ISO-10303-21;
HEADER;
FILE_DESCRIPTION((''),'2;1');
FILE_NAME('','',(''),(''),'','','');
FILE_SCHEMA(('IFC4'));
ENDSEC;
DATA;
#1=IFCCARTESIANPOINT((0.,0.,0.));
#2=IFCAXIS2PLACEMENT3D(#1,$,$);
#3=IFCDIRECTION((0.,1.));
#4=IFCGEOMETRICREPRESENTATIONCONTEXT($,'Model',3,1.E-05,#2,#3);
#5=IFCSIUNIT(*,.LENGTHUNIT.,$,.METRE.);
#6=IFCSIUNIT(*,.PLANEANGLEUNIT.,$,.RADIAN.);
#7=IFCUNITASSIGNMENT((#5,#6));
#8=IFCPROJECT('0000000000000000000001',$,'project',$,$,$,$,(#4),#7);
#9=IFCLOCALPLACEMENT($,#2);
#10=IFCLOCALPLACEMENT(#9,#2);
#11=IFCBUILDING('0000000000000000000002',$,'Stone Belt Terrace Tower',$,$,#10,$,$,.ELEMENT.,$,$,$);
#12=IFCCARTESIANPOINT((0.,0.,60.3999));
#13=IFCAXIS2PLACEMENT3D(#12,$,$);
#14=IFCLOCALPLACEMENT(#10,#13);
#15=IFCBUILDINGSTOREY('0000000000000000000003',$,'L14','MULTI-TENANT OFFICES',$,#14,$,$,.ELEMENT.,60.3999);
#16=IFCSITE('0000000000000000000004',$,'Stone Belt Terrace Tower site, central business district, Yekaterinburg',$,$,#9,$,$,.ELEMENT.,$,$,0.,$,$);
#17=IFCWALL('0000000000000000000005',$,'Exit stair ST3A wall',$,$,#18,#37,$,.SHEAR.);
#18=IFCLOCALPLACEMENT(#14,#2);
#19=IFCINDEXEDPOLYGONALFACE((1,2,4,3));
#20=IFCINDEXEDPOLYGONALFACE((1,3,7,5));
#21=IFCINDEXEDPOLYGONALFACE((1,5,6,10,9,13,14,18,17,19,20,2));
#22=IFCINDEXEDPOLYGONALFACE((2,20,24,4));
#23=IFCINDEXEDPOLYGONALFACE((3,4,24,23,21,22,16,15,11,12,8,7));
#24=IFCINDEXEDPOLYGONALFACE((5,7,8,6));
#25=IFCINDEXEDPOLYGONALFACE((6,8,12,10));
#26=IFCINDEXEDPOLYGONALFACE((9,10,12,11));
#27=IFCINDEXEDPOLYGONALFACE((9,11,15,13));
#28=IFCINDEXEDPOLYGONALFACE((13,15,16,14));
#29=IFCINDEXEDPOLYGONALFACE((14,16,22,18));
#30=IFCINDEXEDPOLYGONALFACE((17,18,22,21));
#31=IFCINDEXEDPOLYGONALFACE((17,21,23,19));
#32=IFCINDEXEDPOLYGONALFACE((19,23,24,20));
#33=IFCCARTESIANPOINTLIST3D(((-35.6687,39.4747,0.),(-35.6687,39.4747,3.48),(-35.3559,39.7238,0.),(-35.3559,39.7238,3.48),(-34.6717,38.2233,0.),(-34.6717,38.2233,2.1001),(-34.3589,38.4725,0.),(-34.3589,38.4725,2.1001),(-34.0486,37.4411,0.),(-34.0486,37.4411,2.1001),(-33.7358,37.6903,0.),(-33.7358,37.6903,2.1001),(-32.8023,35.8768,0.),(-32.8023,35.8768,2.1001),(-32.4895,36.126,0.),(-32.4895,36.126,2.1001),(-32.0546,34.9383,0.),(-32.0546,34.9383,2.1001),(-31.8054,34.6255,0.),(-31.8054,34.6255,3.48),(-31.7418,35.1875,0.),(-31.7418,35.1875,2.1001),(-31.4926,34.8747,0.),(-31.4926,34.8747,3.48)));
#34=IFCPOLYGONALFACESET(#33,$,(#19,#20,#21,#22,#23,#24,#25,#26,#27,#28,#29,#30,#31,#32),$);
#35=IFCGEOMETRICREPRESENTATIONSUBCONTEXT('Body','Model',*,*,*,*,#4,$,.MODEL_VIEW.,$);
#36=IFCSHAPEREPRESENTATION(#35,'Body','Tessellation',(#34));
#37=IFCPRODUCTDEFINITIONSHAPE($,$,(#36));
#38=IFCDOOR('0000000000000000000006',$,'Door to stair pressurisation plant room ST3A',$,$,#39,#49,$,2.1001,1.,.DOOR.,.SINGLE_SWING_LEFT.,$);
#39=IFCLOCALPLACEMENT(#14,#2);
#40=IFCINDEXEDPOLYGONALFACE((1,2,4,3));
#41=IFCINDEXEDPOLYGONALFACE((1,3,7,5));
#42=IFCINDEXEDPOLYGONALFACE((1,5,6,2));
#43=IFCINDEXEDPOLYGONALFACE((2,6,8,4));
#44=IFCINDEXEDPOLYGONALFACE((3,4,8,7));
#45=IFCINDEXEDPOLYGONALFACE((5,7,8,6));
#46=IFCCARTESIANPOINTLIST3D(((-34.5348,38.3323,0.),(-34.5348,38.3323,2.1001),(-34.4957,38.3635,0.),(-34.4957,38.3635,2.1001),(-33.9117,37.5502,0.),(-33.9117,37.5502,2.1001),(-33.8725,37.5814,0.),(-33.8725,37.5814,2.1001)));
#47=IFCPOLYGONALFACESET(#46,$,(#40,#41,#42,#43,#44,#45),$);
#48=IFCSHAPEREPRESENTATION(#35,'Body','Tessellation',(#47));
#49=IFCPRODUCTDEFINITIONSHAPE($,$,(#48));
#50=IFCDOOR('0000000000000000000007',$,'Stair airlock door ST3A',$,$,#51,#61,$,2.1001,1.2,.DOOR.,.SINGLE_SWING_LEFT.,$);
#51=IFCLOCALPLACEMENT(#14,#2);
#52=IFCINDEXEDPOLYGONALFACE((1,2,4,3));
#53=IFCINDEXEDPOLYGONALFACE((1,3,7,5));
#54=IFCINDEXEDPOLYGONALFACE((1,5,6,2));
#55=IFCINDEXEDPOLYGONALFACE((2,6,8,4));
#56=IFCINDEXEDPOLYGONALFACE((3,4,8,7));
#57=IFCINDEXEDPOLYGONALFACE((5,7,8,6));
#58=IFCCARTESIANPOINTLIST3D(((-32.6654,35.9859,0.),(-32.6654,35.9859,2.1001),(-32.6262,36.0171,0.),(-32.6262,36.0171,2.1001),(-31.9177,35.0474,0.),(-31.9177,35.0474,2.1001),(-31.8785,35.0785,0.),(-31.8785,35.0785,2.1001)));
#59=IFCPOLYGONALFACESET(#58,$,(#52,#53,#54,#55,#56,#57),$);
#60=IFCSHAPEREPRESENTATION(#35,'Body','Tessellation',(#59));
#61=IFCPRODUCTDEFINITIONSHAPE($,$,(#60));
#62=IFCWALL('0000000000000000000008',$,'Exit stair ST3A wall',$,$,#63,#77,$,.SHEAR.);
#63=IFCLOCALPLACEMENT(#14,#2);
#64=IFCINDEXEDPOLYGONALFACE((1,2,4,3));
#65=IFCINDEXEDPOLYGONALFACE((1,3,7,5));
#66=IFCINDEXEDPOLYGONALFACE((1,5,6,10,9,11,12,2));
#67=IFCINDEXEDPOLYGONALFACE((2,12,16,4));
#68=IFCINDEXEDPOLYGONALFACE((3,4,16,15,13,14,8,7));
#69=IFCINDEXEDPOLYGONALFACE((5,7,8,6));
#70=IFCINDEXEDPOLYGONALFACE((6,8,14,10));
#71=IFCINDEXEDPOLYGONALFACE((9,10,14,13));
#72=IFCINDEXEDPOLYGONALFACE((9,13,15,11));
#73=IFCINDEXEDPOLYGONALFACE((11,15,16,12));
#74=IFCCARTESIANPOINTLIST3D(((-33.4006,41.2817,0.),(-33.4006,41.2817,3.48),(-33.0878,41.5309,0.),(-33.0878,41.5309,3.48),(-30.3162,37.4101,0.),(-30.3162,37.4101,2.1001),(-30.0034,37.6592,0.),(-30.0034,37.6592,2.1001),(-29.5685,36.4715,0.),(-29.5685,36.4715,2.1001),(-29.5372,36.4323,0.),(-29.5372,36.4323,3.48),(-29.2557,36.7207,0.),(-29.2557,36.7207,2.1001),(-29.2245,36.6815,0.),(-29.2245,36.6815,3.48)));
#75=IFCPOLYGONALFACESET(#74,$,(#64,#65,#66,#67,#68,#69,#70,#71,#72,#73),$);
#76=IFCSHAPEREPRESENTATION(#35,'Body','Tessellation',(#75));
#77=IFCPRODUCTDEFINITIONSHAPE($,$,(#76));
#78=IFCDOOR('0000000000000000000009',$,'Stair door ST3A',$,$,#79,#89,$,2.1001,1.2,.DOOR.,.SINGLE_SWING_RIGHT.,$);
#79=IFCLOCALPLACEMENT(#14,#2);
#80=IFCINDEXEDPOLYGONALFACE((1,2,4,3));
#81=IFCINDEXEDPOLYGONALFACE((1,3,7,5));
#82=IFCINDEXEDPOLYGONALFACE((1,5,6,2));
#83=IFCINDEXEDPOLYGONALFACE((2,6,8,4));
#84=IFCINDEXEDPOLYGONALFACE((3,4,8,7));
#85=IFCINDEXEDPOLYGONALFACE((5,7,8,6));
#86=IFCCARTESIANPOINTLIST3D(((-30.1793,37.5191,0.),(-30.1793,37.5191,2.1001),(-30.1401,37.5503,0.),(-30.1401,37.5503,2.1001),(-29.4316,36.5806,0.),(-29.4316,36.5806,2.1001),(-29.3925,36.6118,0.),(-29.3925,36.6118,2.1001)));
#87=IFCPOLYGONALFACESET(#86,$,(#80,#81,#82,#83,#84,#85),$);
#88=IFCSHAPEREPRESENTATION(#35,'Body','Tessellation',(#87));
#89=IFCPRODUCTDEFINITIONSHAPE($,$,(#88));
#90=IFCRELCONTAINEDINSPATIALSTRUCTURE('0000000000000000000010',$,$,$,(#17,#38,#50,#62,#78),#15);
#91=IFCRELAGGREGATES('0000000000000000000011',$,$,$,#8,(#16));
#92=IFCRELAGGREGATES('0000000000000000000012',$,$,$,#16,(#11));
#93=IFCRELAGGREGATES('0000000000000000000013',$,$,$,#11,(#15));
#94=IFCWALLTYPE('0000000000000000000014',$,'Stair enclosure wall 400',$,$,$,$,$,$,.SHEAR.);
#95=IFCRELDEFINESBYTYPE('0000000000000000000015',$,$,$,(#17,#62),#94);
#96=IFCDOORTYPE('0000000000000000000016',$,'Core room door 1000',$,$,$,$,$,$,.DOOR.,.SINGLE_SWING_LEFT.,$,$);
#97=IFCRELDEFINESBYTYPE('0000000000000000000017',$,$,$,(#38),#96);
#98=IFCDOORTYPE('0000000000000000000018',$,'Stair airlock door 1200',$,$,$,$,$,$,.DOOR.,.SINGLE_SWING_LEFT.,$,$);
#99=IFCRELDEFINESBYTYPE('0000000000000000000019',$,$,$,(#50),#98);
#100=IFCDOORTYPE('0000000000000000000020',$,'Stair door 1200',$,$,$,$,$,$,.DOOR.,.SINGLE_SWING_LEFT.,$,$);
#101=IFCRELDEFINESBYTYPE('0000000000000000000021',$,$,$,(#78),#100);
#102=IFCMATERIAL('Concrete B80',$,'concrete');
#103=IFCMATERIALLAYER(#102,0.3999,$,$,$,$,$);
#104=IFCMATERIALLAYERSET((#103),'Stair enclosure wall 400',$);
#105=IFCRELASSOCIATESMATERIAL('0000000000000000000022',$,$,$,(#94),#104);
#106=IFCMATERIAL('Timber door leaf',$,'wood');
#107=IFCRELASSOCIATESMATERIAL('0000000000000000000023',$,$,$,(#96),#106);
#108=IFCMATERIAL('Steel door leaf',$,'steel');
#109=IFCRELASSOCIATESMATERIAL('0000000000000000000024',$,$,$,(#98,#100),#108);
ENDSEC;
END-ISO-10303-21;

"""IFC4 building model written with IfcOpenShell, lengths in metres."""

from ifc_helpers import new_model, si_unit, direction, frame, frame_2d, origin, place, context, subcontext, project, spatial, rectangle, extrude, material, layer, layer_set, type_object, element, fill, save


model = new_model("IFC4")

# Units and contexts
model_context = context("Model", 3, precision=1e-05, world=origin(), true_north=direction((0.0, 1.0)))
body_context = subcontext(model_context, "Body", "Model", "MODEL_VIEW")
ifc_project = project(units=[si_unit("LENGTHUNIT", "METRE"), si_unit("PLANEANGLEUNIT", "RADIAN")], contexts=[model_context])

# Site, building, storey
site_placement = place(None, origin())
site = spatial("IfcSite", under=ifc_project, at=site_placement, Name="Stone Belt Terrace Tower site, central business district, Yekaterinburg", CompositionType="ELEMENT", RefElevation=0.0)
building_placement = place(site_placement, origin())
building = spatial("IfcBuilding", under=site, at=building_placement, Name="Stone Belt Terrace Tower", CompositionType="ELEMENT")
storey_placement = place(building_placement, frame((0.0, 0.0, 60.3999)))
storey = spatial("IfcBuildingStorey", under=building, at=storey_placement, Name="L14", Description="MULTI-TENANT OFFICES", CompositionType="ELEMENT", Elevation=60.3999)

# Shared definitions
ifc_material_1 = material(Name="Concrete B80", Category="concrete")

# Shared definitions
ifc_layer_1 = layer(ifc_material_1, 0.3999)
ifc_layer_set_1 = layer_set([ifc_layer_1], Name="Stair enclosure wall 400")
wall_type_1 = type_object("IfcWallType", Name="Stair enclosure wall 400", PredefinedType="SHEAR", material=ifc_layer_set_1)

# Wall, openings, doors
wall_1_placement = place(storey_placement, frame((-31.6489, 34.75, 0.0), z_axis=(0.0, 0.0, 1.0), x_axis=(-0.623119, 0.782127, 0.0)))
wall_1 = element("IfcWall", 1, at=wall_1_placement, inside=storey, type_object=wall_type_1, Name="Exit stair ST3A wall", PredefinedType="SHEAR", context=body_context, shape_type="SweptSolid", body=[
    extrude(rectangle(XDim=6.2, YDim=0.3999, at=frame_2d((3.1001, 0.0))), origin(), (0.0, 0.0, 1.0), 3.48),
])
opening_1_placement = place(wall_1_placement, frame((0.3999, 0.0, 0.0)))
opening_1 = element("IfcOpeningElement", 2, at=opening_1_placement, cuts=wall_1, PredefinedType="OPENING", context=body_context, shape_type="SweptSolid", body=[
    extrude(rectangle(XDim=1.2, YDim=2.1001, at=frame_2d((0.6001, 1.05))), frame((0.0, 0.21, 0.0), z_axis=(0.0, -1.0, 0.0), x_axis=(1.0, 0.0, 0.0)), (0.0, 0.0, 1.0), 0.4199),
])
opening_2_placement = place(wall_1_placement, frame((3.6001, 0.0, 0.0)))
opening_2 = element("IfcOpeningElement", 3, at=opening_2_placement, cuts=wall_1, PredefinedType="OPENING", context=body_context, shape_type="SweptSolid", body=[
    extrude(rectangle(XDim=1.0, YDim=2.1001, at=frame_2d((0.5, 1.05))), frame((0.0, 0.21, 0.0), z_axis=(0.0, -1.0, 0.0), x_axis=(1.0, 0.0, 0.0)), (0.0, 0.0, 1.0), 0.4199),
])
ifc_material_2 = material(Name="Timber door leaf", Category="wood")
door_type_1 = type_object("IfcDoorType", Name="Core room door 1000", OperationType="SINGLE_SWING_LEFT", PredefinedType="DOOR", material=ifc_material_2)
door_1_placement = place(opening_2_placement, origin())
door_1 = element("IfcDoor", 4, at=door_1_placement, inside=storey, type_object=door_type_1, Name="Door to stair pressurisation plant room ST3A", OperationType="SINGLE_SWING_LEFT", OverallHeight=2.1001, OverallWidth=1.0, PredefinedType="DOOR", context=body_context, shape_type="SweptSolid", body=[
    extrude(rectangle(XDim=1.0, YDim=2.1001, at=frame_2d((0.5, 1.05))), frame((0.0, 0.0249, 0.0), z_axis=(0.0, -1.0, 0.0), x_axis=(1.0, 0.0, 0.0)), (0.0, 0.0, 1.0), 0.05),
])
fill(opening_2, door_1)
ifc_material_3 = material(Name="Steel door leaf", Category="steel")
door_type_2 = type_object("IfcDoorType", Name="Stair airlock door 1200", OperationType="SINGLE_SWING_LEFT", PredefinedType="DOOR", material=ifc_material_3)
door_2_placement = place(opening_1_placement, origin())
door_2 = element("IfcDoor", 5, at=door_2_placement, inside=storey, type_object=door_type_2, Name="Stair airlock door ST3A", OperationType="SINGLE_SWING_LEFT", OverallHeight=2.1001, OverallWidth=1.2, PredefinedType="DOOR", context=body_context, shape_type="SweptSolid", body=[
    extrude(rectangle(XDim=1.2, YDim=2.1001, at=frame_2d((0.6001, 1.05))), frame((0.0, 0.0249, 0.0), z_axis=(0.0, -1.0, 0.0), x_axis=(1.0, 0.0, 0.0)), (0.0, 0.0, 1.0), 0.05),
])
fill(opening_1, door_2)

# Wall, opening, door
wall_2_placement = place(storey_placement, frame((-29.3809, 36.5569, 0.0), z_axis=(0.0, 0.0, 1.0), x_axis=(-0.623099, 0.782143, 0.0)))
wall_2 = element("IfcWall", 6, at=wall_2_placement, inside=storey, type_object=wall_type_1, Name="Exit stair ST3A wall", PredefinedType="SHEAR", context=body_context, shape_type="SweptSolid", body=[
    extrude(rectangle(XDim=6.2002, YDim=0.3999, at=frame_2d((3.1001, 0.0))), origin(), (0.0, 0.0, 1.0), 3.48),
])
opening_3_placement = place(wall_2_placement, frame((0.05, 0.0, 0.0)))
opening_3 = element("IfcOpeningElement", 7, at=opening_3_placement, cuts=wall_2, PredefinedType="OPENING", context=body_context, shape_type="SweptSolid", body=[
    extrude(rectangle(XDim=1.2, YDim=2.1001, at=frame_2d((0.6001, 1.05))), frame((0.0, 0.21, 0.0), z_axis=(0.0, -1.0, 0.0), x_axis=(1.0, 0.0, 0.0)), (0.0, 0.0, 1.0), 0.4199),
])
door_type_3 = type_object("IfcDoorType", Name="Stair door 1200", OperationType="SINGLE_SWING_LEFT", PredefinedType="DOOR", material=ifc_material_3)
door_3_placement = place(opening_3_placement, origin())
door_3 = element("IfcDoor", 8, at=door_3_placement, inside=storey, type_object=door_type_3, Name="Stair door ST3A", OperationType="SINGLE_SWING_RIGHT", OverallHeight=2.1001, OverallWidth=1.2, PredefinedType="DOOR", context=body_context, shape_type="SweptSolid", body=[
    extrude(rectangle(XDim=1.2, YDim=2.1001, at=frame_2d((0.6001, 1.05))), frame((0.0, 0.0249, 0.0), z_axis=(0.0, -1.0, 0.0), x_axis=(1.0, 0.0, 0.0)), (0.0, 0.0, 1.0), 0.05),
])
fill(opening_3, door_3)

save(model, "model.ifc")
